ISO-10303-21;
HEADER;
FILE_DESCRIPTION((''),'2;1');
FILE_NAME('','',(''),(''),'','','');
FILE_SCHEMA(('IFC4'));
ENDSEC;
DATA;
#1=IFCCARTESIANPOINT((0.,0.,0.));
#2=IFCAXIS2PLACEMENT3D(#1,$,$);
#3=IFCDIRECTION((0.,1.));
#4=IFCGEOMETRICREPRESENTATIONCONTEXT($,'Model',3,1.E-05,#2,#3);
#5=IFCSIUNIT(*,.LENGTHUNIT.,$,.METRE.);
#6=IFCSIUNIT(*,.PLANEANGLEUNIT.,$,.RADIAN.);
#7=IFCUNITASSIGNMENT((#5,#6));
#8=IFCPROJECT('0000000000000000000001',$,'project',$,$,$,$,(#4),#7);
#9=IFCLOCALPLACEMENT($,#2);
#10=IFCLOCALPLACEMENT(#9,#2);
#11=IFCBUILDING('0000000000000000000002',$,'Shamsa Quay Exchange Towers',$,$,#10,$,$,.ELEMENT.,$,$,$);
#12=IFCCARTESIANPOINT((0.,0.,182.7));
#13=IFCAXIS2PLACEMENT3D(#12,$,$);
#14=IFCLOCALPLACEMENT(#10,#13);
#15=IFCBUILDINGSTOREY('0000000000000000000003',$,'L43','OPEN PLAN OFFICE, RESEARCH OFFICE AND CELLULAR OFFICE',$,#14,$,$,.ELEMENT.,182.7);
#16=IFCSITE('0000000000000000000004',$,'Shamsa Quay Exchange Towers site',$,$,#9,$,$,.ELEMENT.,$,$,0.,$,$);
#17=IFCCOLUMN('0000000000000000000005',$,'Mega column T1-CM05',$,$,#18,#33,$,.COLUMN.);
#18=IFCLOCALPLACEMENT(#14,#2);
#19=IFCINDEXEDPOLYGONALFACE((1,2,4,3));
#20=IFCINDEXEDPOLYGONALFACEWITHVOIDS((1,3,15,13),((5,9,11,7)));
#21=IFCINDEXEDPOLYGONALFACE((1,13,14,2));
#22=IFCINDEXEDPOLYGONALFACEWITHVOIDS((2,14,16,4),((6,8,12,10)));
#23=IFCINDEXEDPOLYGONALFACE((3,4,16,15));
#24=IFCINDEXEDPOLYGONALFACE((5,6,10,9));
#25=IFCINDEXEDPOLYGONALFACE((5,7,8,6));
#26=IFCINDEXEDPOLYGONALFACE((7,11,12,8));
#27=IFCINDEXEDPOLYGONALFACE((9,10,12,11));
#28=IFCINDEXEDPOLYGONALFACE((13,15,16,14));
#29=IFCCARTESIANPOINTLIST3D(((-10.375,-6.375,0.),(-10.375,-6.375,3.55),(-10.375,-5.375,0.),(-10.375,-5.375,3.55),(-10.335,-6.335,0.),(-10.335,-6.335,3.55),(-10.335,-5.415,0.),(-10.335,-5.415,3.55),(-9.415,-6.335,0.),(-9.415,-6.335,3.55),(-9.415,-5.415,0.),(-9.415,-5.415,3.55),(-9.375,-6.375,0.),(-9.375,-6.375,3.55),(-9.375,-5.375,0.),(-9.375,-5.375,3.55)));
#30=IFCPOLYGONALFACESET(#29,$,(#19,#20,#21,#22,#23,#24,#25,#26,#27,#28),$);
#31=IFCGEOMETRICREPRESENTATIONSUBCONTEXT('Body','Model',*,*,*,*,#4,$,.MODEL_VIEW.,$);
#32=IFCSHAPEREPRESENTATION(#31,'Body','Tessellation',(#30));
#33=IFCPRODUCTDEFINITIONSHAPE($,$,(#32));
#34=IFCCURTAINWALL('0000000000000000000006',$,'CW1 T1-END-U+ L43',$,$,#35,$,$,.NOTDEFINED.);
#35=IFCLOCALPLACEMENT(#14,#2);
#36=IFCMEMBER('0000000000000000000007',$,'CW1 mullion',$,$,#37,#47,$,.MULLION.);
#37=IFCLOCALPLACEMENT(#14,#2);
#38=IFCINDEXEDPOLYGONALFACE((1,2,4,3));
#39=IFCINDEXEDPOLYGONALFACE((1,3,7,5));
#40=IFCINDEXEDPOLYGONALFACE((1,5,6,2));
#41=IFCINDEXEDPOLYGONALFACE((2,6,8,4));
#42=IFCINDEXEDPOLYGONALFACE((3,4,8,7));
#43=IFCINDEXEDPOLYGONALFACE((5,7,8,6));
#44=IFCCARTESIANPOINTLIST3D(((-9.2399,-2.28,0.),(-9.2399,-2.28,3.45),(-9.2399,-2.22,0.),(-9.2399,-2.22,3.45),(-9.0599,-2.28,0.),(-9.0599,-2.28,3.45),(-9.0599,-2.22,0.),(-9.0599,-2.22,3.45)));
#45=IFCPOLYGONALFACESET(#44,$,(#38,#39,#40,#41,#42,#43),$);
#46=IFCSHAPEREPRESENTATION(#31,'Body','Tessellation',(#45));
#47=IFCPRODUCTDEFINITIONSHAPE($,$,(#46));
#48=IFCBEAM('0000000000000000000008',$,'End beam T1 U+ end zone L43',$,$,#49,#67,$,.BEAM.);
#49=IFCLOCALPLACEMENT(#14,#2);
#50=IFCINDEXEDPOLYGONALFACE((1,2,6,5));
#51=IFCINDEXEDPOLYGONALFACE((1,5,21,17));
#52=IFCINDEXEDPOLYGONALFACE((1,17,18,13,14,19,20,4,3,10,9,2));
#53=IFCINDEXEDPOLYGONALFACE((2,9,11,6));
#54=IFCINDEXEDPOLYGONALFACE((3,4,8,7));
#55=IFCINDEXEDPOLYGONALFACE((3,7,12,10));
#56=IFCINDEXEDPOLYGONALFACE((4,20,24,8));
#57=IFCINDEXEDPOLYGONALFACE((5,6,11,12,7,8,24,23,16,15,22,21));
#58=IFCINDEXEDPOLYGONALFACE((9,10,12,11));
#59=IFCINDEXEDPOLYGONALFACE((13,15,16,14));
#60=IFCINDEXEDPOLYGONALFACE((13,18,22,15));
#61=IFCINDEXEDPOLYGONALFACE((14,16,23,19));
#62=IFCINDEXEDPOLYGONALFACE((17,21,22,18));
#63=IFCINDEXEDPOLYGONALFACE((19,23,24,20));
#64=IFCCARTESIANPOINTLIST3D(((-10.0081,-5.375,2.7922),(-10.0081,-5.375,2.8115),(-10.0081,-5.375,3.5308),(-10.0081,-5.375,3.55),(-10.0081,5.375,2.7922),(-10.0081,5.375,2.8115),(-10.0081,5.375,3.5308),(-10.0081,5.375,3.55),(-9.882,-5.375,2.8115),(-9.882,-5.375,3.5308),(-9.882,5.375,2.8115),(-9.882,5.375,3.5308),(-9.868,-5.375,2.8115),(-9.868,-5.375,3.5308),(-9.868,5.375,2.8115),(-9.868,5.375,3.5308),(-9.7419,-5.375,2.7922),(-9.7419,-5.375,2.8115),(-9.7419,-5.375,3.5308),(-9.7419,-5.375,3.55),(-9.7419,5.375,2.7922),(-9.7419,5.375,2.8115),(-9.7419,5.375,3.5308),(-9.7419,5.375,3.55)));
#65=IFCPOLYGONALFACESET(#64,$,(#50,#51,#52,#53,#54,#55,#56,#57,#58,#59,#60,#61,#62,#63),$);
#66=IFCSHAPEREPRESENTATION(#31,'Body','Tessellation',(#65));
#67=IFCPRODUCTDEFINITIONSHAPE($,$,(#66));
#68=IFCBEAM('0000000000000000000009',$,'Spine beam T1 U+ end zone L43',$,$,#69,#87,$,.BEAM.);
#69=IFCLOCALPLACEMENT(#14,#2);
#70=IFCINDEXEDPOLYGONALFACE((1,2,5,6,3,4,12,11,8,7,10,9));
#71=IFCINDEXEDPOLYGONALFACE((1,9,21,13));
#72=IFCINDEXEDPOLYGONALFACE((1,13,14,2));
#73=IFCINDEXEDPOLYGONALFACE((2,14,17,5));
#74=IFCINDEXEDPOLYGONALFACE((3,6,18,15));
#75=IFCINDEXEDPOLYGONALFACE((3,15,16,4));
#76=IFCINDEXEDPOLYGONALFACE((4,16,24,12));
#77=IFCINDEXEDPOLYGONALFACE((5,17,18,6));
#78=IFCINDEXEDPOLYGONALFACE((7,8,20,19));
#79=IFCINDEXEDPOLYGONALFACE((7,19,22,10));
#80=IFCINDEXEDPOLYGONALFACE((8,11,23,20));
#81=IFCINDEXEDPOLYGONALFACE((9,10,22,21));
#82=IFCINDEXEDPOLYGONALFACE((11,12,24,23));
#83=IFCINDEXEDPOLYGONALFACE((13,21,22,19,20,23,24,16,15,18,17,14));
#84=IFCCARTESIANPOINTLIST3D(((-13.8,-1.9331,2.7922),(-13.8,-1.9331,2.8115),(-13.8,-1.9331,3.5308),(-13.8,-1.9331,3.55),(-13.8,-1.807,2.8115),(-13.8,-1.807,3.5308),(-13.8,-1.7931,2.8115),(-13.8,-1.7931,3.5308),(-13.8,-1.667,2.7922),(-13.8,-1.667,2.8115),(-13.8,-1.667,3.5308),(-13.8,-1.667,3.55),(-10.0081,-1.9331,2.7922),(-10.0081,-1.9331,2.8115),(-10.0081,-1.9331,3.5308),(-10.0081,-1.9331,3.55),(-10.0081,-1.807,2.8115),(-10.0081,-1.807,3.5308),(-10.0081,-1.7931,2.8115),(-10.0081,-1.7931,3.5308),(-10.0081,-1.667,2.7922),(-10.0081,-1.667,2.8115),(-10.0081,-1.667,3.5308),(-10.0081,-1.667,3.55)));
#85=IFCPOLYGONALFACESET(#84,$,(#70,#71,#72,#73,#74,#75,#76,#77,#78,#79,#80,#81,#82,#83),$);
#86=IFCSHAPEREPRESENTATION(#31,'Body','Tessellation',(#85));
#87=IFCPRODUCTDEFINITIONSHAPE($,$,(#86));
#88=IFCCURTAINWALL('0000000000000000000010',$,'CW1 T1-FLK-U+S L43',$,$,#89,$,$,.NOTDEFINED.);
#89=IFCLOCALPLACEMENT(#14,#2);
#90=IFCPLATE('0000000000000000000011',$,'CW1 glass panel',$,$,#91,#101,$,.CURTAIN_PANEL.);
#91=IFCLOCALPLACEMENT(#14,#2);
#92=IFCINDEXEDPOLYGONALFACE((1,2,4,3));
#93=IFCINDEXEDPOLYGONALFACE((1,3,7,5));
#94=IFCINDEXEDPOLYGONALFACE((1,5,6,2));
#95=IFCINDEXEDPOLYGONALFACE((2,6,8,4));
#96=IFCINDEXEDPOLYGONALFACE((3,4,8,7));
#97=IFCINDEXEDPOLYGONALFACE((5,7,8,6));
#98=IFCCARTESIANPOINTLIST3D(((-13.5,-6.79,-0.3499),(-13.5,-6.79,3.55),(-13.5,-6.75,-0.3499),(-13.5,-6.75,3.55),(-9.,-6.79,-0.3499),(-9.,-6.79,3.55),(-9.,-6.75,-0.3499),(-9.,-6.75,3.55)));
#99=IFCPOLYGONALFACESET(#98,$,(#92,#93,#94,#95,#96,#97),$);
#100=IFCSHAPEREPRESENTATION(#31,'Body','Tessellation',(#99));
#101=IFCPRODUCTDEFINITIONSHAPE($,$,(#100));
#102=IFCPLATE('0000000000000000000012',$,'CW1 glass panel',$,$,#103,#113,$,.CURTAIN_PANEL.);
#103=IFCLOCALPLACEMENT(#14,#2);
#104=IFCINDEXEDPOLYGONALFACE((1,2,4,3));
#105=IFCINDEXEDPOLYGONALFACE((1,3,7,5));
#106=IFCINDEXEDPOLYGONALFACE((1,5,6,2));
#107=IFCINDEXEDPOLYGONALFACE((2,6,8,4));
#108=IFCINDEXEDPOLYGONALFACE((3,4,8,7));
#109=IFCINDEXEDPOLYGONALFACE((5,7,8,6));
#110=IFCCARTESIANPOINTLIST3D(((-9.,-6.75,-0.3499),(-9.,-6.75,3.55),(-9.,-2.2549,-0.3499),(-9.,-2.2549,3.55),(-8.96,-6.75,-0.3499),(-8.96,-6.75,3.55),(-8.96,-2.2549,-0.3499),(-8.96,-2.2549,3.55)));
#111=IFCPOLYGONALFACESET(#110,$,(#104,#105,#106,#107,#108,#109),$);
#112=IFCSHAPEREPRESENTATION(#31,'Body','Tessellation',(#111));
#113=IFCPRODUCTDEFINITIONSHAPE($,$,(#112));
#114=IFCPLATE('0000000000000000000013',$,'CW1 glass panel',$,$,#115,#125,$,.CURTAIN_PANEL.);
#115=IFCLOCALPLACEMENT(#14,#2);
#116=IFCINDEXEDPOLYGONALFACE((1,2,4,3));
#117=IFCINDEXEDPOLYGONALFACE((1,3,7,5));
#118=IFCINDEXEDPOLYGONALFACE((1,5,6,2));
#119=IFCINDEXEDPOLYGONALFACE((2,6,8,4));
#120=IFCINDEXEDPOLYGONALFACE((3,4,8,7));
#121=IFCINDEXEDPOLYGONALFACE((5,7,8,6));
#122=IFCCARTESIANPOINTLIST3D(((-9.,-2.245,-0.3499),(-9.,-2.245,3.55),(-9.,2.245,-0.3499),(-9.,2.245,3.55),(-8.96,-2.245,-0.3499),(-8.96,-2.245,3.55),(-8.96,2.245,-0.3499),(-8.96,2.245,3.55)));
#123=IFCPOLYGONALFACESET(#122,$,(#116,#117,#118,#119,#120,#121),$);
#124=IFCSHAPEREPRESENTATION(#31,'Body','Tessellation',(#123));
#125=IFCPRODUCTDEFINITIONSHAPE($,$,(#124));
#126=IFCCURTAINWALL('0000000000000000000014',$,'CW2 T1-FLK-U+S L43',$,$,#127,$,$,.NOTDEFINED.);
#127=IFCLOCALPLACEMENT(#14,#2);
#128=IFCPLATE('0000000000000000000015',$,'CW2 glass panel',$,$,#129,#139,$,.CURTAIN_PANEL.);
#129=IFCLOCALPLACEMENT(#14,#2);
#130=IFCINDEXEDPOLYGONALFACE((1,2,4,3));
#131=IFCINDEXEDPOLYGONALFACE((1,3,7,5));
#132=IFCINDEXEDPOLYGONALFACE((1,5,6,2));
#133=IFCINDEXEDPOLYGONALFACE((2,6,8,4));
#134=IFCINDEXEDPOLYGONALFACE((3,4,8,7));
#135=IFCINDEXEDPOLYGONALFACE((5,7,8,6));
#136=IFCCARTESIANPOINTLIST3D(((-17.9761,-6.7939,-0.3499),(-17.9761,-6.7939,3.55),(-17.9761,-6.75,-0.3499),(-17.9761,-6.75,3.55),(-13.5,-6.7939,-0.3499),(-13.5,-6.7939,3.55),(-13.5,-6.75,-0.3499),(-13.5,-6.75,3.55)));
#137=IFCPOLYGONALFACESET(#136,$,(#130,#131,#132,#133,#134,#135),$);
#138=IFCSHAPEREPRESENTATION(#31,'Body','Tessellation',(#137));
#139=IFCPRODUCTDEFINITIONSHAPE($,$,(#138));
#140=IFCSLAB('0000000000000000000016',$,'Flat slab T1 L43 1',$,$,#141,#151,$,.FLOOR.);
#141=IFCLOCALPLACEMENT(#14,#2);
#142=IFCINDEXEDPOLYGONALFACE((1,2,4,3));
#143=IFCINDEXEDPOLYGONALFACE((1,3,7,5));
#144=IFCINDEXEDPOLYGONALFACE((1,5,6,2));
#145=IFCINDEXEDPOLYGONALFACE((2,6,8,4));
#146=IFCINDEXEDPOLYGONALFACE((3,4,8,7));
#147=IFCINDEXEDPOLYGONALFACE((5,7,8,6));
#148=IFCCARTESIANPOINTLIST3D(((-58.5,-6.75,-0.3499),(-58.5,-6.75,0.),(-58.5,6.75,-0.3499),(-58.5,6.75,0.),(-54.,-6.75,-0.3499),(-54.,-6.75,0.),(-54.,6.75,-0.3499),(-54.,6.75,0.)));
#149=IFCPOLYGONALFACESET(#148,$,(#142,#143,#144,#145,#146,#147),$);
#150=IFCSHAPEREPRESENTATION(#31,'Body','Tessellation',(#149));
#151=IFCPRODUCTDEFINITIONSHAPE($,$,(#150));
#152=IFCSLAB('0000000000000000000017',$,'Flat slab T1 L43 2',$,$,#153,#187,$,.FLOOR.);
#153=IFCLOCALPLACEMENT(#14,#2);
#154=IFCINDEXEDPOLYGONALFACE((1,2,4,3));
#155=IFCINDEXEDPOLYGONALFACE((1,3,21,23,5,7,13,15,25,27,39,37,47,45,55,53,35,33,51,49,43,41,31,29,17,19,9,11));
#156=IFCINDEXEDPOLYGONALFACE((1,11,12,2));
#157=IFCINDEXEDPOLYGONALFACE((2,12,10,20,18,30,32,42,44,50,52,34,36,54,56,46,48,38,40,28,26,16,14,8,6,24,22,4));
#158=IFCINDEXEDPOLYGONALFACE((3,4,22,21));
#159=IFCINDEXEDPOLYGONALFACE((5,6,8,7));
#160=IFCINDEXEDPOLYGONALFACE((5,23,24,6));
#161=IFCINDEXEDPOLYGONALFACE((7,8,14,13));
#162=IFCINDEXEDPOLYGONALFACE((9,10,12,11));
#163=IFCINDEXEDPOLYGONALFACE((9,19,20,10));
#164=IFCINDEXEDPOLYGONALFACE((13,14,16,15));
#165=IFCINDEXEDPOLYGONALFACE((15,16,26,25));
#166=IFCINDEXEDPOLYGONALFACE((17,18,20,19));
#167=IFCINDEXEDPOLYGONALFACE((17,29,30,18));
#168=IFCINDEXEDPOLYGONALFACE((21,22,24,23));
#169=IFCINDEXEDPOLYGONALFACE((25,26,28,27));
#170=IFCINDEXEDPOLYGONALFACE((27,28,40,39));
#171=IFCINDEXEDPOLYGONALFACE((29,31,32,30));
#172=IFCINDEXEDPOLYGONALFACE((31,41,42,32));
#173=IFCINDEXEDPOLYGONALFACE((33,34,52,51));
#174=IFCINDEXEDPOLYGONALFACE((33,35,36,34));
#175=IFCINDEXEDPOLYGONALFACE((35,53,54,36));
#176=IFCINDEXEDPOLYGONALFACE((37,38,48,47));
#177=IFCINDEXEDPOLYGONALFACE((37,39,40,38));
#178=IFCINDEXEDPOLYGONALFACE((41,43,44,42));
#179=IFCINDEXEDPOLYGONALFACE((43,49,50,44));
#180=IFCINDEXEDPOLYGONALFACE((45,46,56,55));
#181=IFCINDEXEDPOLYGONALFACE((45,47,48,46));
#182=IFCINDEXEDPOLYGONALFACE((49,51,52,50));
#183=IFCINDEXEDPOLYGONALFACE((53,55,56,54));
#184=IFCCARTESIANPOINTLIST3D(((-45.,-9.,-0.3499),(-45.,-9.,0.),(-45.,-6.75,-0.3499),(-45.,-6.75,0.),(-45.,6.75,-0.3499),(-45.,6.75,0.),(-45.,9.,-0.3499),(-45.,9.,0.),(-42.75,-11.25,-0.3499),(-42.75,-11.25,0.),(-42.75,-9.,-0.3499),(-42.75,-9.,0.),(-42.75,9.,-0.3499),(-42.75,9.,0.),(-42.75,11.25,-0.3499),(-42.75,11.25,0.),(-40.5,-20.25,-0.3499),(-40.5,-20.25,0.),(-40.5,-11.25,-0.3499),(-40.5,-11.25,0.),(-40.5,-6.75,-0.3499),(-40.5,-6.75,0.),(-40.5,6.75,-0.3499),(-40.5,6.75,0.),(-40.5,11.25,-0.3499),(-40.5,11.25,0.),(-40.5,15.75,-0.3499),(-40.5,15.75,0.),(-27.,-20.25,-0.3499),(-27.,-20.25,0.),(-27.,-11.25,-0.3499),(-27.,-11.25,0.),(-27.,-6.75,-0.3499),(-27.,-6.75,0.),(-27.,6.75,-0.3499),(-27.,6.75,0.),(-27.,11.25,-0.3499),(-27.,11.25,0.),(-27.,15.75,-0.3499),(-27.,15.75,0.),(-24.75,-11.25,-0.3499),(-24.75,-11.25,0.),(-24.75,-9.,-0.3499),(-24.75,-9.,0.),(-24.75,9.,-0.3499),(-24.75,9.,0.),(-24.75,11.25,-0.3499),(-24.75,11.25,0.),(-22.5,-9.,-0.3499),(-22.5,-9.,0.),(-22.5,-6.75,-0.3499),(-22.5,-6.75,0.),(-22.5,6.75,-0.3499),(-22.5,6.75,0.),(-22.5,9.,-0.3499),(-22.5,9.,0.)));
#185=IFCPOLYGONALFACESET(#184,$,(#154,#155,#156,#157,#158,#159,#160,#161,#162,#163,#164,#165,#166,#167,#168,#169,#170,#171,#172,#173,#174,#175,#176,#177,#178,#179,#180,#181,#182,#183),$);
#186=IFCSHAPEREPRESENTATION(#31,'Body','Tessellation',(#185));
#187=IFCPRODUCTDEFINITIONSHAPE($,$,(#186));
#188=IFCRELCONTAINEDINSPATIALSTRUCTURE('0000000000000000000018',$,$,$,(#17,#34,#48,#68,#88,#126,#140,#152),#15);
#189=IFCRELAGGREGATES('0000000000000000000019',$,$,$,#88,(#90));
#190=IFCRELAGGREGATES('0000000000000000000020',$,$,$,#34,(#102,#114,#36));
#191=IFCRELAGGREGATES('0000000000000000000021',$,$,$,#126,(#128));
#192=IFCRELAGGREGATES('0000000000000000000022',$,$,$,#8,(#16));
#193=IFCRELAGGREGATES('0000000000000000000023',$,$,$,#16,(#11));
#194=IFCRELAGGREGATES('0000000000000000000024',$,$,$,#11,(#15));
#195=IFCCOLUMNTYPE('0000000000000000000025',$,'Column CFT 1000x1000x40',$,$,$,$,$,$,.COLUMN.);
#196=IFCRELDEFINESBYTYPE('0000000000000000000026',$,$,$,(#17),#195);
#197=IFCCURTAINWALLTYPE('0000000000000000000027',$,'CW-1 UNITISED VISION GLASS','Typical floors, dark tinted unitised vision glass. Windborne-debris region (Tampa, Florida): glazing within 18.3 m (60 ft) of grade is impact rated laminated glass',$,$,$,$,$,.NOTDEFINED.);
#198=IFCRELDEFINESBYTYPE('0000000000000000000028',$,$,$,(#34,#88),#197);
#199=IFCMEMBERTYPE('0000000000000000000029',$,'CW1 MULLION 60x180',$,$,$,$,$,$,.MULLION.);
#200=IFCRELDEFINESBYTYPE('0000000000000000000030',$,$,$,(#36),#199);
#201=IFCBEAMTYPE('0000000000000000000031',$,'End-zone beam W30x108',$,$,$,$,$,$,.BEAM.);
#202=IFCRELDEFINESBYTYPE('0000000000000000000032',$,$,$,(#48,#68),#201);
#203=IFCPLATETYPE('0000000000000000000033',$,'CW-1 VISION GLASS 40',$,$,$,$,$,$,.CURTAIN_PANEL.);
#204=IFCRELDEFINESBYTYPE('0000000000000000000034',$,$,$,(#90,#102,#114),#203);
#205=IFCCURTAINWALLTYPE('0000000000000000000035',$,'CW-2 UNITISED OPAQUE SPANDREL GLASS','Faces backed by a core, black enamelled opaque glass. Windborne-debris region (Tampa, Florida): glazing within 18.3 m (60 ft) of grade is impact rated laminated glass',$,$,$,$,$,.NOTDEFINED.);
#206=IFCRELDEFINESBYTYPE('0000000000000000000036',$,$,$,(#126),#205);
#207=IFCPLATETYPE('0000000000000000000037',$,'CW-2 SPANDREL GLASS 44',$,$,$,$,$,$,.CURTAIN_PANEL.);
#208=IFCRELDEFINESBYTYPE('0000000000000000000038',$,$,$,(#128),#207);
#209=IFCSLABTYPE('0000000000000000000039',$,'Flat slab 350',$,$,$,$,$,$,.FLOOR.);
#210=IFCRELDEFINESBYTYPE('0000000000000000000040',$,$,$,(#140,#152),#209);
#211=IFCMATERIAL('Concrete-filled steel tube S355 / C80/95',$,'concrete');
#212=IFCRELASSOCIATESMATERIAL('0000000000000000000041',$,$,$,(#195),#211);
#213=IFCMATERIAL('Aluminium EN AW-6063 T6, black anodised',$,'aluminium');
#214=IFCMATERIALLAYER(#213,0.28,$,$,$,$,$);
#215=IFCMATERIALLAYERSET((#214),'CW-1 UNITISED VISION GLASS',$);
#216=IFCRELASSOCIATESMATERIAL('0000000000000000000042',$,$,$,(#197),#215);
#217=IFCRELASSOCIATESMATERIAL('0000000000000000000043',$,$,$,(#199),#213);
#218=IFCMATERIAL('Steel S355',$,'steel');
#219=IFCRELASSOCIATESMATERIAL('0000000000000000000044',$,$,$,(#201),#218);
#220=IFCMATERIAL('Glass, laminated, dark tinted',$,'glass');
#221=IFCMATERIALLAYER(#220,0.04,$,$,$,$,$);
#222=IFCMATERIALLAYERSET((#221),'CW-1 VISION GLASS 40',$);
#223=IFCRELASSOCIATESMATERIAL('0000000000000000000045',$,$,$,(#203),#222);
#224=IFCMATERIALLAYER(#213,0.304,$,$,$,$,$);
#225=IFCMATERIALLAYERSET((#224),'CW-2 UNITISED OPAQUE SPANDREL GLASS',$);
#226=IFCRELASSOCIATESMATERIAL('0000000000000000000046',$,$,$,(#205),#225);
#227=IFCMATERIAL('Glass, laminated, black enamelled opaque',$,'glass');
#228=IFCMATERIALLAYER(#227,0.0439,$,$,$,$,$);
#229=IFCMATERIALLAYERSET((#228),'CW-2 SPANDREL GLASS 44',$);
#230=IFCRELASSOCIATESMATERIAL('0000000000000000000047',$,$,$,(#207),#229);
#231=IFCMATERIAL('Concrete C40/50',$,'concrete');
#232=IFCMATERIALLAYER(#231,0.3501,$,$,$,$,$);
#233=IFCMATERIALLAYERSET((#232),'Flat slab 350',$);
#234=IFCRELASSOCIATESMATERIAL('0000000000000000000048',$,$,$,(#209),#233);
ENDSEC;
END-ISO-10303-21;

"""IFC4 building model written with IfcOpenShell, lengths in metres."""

from ifc_helpers import new_model, si_unit, direction, frame, origin, origin_2d, place, context, subcontext, project, spatial, polyline, rectangle, hollow_rectangle, i_section, outline, extrude, material, layer, layer_set, material_profile, profile_set, type_object, element, aggregate, save


model = new_model("IFC4")

# Units and contexts
model_context = context("Model", 3, precision=1e-05, world=origin(), true_north=direction((0.0, 1.0)))
body_context = subcontext(model_context, "Body", "Model", "MODEL_VIEW")
ifc_project = project(units=[si_unit("LENGTHUNIT", "METRE"), si_unit("PLANEANGLEUNIT", "RADIAN")], contexts=[model_context])

# Site, building, storey
site_placement = place(None, origin())
site = spatial("IfcSite", under=ifc_project, at=site_placement, Name="Shamsa Quay Exchange Towers site", CompositionType="ELEMENT", RefElevation=0.0)
building_placement = place(site_placement, origin())
building = spatial("IfcBuilding", under=site, at=building_placement, Name="Shamsa Quay Exchange Towers", CompositionType="ELEMENT")
storey_placement = place(building_placement, frame((0.0, 0.0, 182.7)))
storey = spatial("IfcBuildingStorey", under=building, at=storey_placement, Name="L43", Description="OPEN PLAN OFFICE, RESEARCH OFFICE AND CELLULAR OFFICE", CompositionType="ELEMENT", Elevation=182.7)

# Column
ifc_material_1 = material(Name="Concrete-filled steel tube S355 / C80/95", Category="concrete")
ifc_material_profile_1 = material_profile(ifc_material_1, hollow_rectangle(XDim=1.0, YDim=1.0, WallThickness=0.04, at=origin_2d()), Name="CFT 1000x1000x40")
ifc_profile_set_1 = profile_set([ifc_material_profile_1], Name="Concrete-filled steel tube S355 / C80/95")
column_type = type_object("IfcColumnType", Name="Column CFT 1000x1000x40", PredefinedType="COLUMN", material=ifc_profile_set_1)
column_placement = place(storey_placement, frame((-9.875, -5.875, 0.0)))
element("IfcColumn", 1, at=column_placement, inside=storey, type_object=column_type, Name="Mega column T1-CM05", PredefinedType="COLUMN", context=body_context, shape_type="SweptSolid", body=[
    extrude(hollow_rectangle(XDim=1.0, YDim=1.0, WallThickness=0.04, at=origin_2d()), origin(), (0.0, 0.0, 1.0), 3.55),
])

# Curtain wall, member
ifc_material_2 = material(Name="Aluminium EN AW-6063 T6, black anodised", Category="aluminium")
ifc_layer_1 = layer(ifc_material_2, 0.28)
ifc_layer_set_1 = layer_set([ifc_layer_1], Name="CW-1 UNITISED VISION GLASS")
curtain_wall_type_1 = type_object("IfcCurtainWallType", Name="CW-1 UNITISED VISION GLASS", Description="Typical floors, dark tinted unitised vision glass. Windborne-debris region (Tampa, Florida): glazing within 18.3 m (60 ft) of grade is impact rated laminated glass", PredefinedType="NOTDEFINED", material=ifc_layer_set_1)
curtain_wall_1_placement = place(storey_placement, origin())
curtain_wall_1 = element("IfcCurtainWall", 2, at=curtain_wall_1_placement, inside=storey, type_object=curtain_wall_type_1, Name="CW1 T1-END-U+ L43", PredefinedType="NOTDEFINED")
ifc_material_profile_2 = material_profile(ifc_material_2, rectangle(XDim=0.1799, YDim=0.0601, at=origin_2d()), Name="MU60x180")
ifc_profile_set_2 = profile_set([ifc_material_profile_2], Name="Aluminium EN AW-6063 T6, black anodised")
member_type = type_object("IfcMemberType", Name="CW1 MULLION 60x180", PredefinedType="MULLION", material=ifc_profile_set_2)
member_placement = place(storey_placement, frame((-9.1499, -2.25, 0.0), z_axis=(0.0, 0.0, 1.0), x_axis=(-1.0, 0.0, 0.0)))
member = element("IfcMember", 3, at=member_placement, type_object=member_type, Name="CW1 mullion", PredefinedType="MULLION", context=body_context, shape_type="SweptSolid", body=[
    extrude(rectangle(XDim=0.1799, YDim=0.0601, at=origin_2d()), origin(), (0.0, 0.0, 1.0), 3.45),
])

# Beams
ifc_material_3 = material(Name="Steel S355", Category="steel")
ifc_material_profile_3 = material_profile(ifc_material_3, i_section(OverallWidth=0.2661, OverallDepth=0.7578, WebThickness=0.0139, FlangeThickness=0.0193, at=origin_2d()), Name="W30x108")
ifc_profile_set_3 = profile_set([ifc_material_profile_3], Name="Steel S355")
beam_type = type_object("IfcBeamType", Name="End-zone beam W30x108", PredefinedType="BEAM", material=ifc_profile_set_3)
beam_1_placement = place(storey_placement, frame((-9.875, -5.375, 3.1711), z_axis=(0.0, 1.0, 0.0), x_axis=(-1.0, 0.0, 0.0)))
element("IfcBeam", 4, at=beam_1_placement, inside=storey, type_object=beam_type, Name="End beam T1 U+ end zone L43", PredefinedType="BEAM", context=body_context, shape_type="SweptSolid", body=[
    extrude(i_section(OverallWidth=0.2661, OverallDepth=0.7578, WebThickness=0.0139, FlangeThickness=0.0193, at=origin_2d()), origin(), (0.0, 0.0, 1.0), 10.75),
])
beam_2_placement = place(storey_placement, frame((-13.8, -1.8, 3.1711), z_axis=(1.0, 0.0, 0.0), x_axis=(0.0, 1.0, 0.0)))
element("IfcBeam", 5, at=beam_2_placement, inside=storey, type_object=beam_type, Name="Spine beam T1 U+ end zone L43", PredefinedType="BEAM", context=body_context, shape_type="SweptSolid", body=[
    extrude(i_section(OverallWidth=0.2661, OverallDepth=0.7578, WebThickness=0.0139, FlangeThickness=0.0193, at=origin_2d()), origin(), (0.0, 0.0, 1.0), 3.792),
])

# Curtain wall, plate
curtain_wall_2_placement = place(storey_placement, origin())
curtain_wall_2 = element("IfcCurtainWall", 6, at=curtain_wall_2_placement, inside=storey, type_object=curtain_wall_type_1, Name="CW1 T1-FLK-U+S L43", PredefinedType="NOTDEFINED")
ifc_material_4 = material(Name="Glass, laminated, dark tinted", Category="glass")
ifc_layer_2 = layer(ifc_material_4, 0.04)
ifc_layer_set_2 = layer_set([ifc_layer_2], Name="CW-1 VISION GLASS 40")
plate_type_1 = type_object("IfcPlateType", Name="CW-1 VISION GLASS 40", PredefinedType="CURTAIN_PANEL", material=ifc_layer_set_2)
plate_1_placement = place(storey_placement, frame((-11.25, -6.77, -0.3499)))
plate_1 = element("IfcPlate", 7, at=plate_1_placement, type_object=plate_type_1, Name="CW1 glass panel", PredefinedType="CURTAIN_PANEL", context=body_context, shape_type="SweptSolid", body=[
    extrude(rectangle(XDim=4.5, YDim=0.04, at=origin_2d()), origin(), (0.0, 0.0, 1.0), 3.8999),
])
aggregate(curtain_wall_2, [plate_1])

# Plates
plate_2_placement = place(storey_placement, frame((-8.98, -4.5024, -0.3499), z_axis=(0.0, 0.0, 1.0), x_axis=(0.0, 1.0, 0.0)))
plate_2 = element("IfcPlate", 8, at=plate_2_placement, type_object=plate_type_1, Name="CW1 glass panel", PredefinedType="CURTAIN_PANEL", context=body_context, shape_type="SweptSolid", body=[
    extrude(rectangle(XDim=4.4951, YDim=0.04, at=origin_2d()), origin(), (0.0, 0.0, 1.0), 3.8999),
])
plate_3_placement = place(storey_placement, frame((-8.98, 0.0, -0.3499), z_axis=(0.0, 0.0, 1.0), x_axis=(0.0, 1.0, 0.0)))
plate_3 = element("IfcPlate", 9, at=plate_3_placement, type_object=plate_type_1, Name="CW1 glass panel", PredefinedType="CURTAIN_PANEL", context=body_context, shape_type="SweptSolid", body=[
    extrude(rectangle(XDim=4.49, YDim=0.04, at=origin_2d()), origin(), (0.0, 0.0, 1.0), 3.8999),
])
aggregate(curtain_wall_1, [plate_2, plate_3, member])

# Curtain wall, plate
ifc_layer_3 = layer(ifc_material_2, 0.304)
ifc_layer_set_3 = layer_set([ifc_layer_3], Name="CW-2 UNITISED OPAQUE SPANDREL GLASS")
curtain_wall_type_2 = type_object("IfcCurtainWallType", Name="CW-2 UNITISED OPAQUE SPANDREL GLASS", Description="Faces backed by a core, black enamelled opaque glass. Windborne-debris region (Tampa, Florida): glazing within 18.3 m (60 ft) of grade is impact rated laminated glass", PredefinedType="NOTDEFINED", material=ifc_layer_set_3)
curtain_wall_3_placement = place(storey_placement, origin())
curtain_wall_3 = element("IfcCurtainWall", 10, at=curtain_wall_3_placement, inside=storey, type_object=curtain_wall_type_2, Name="CW2 T1-FLK-U+S L43", PredefinedType="NOTDEFINED")
ifc_material_5 = material(Name="Glass, laminated, black enamelled opaque", Category="glass")
ifc_layer_4 = layer(ifc_material_5, 0.0439)
ifc_layer_set_4 = layer_set([ifc_layer_4], Name="CW-2 SPANDREL GLASS 44")
plate_type_2 = type_object("IfcPlateType", Name="CW-2 SPANDREL GLASS 44", PredefinedType="CURTAIN_PANEL", material=ifc_layer_set_4)
plate_4_placement = place(storey_placement, frame((-15.738, -6.772, -0.3499)))
plate_4 = element("IfcPlate", 11, at=plate_4_placement, type_object=plate_type_2, Name="CW2 glass panel", PredefinedType="CURTAIN_PANEL", context=body_context, shape_type="SweptSolid", body=[
    extrude(rectangle(XDim=4.4761, YDim=0.0439, at=origin_2d()), origin(), (0.0, 0.0, 1.0), 3.8999),
])
aggregate(curtain_wall_3, [plate_4])

# Slabs
ifc_material_6 = material(Name="Concrete C40/50", Category="concrete")
ifc_layer_5 = layer(ifc_material_6, 0.3501)
ifc_layer_set_5 = layer_set([ifc_layer_5], Name="Flat slab 350")
slab_type_1 = type_object("IfcSlabType", Name="Flat slab 350", PredefinedType="FLOOR", material=ifc_layer_set_5)
slab_1_placement = place(storey_placement, frame((0.0, 0.0, -0.3499)))
element("IfcSlab", 12, at=slab_1_placement, inside=storey, type_object=slab_type_1, Name="Flat slab T1 L43 1", PredefinedType="FLOOR", context=body_context, shape_type="SweptSolid", body=[
    extrude(outline(polyline([(-58.5, -6.75), (-54.0, -6.75), (-54.0, 6.75), (-58.5, 6.75), (-58.5, -6.75)])), origin(), (0.0, 0.0, 1.0), 0.3499),
])
slab_2_placement = place(storey_placement, frame((0.0, 0.0, -0.3499)))
element("IfcSlab", 13, at=slab_2_placement, inside=storey, type_object=slab_type_1, Name="Flat slab T1 L43 2", PredefinedType="FLOOR", context=body_context, shape_type="SweptSolid", body=[
    extrude(outline(polyline([(-22.5, -9.0), (-22.5, -6.75), (-27.0, -6.75), (-27.0, 6.75), (-22.5, 6.75), (-22.5, 9.0), (-24.75, 9.0), (-24.75, 11.25), (-27.0, 11.25), (-27.0, 15.75), (-40.5, 15.75), (-40.5, 11.25), (-42.75, 11.25), (-42.75, 9.0), (-45.0, 9.0), (-45.0, 6.75), (-40.5, 6.75), (-40.5, -6.75), (-45.0, -6.75), (-45.0, -9.0), (-42.75, -9.0), (-42.75, -11.25), (-40.5, -11.25), (-40.5, -20.25), (-27.0, -20.25), (-27.0, -11.25), (-24.75, -11.25), (-24.75, -9.0), (-22.5, -9.0)])), origin(), (0.0, 0.0, 1.0), 0.3499),
])

save(model, "model.ifc")
